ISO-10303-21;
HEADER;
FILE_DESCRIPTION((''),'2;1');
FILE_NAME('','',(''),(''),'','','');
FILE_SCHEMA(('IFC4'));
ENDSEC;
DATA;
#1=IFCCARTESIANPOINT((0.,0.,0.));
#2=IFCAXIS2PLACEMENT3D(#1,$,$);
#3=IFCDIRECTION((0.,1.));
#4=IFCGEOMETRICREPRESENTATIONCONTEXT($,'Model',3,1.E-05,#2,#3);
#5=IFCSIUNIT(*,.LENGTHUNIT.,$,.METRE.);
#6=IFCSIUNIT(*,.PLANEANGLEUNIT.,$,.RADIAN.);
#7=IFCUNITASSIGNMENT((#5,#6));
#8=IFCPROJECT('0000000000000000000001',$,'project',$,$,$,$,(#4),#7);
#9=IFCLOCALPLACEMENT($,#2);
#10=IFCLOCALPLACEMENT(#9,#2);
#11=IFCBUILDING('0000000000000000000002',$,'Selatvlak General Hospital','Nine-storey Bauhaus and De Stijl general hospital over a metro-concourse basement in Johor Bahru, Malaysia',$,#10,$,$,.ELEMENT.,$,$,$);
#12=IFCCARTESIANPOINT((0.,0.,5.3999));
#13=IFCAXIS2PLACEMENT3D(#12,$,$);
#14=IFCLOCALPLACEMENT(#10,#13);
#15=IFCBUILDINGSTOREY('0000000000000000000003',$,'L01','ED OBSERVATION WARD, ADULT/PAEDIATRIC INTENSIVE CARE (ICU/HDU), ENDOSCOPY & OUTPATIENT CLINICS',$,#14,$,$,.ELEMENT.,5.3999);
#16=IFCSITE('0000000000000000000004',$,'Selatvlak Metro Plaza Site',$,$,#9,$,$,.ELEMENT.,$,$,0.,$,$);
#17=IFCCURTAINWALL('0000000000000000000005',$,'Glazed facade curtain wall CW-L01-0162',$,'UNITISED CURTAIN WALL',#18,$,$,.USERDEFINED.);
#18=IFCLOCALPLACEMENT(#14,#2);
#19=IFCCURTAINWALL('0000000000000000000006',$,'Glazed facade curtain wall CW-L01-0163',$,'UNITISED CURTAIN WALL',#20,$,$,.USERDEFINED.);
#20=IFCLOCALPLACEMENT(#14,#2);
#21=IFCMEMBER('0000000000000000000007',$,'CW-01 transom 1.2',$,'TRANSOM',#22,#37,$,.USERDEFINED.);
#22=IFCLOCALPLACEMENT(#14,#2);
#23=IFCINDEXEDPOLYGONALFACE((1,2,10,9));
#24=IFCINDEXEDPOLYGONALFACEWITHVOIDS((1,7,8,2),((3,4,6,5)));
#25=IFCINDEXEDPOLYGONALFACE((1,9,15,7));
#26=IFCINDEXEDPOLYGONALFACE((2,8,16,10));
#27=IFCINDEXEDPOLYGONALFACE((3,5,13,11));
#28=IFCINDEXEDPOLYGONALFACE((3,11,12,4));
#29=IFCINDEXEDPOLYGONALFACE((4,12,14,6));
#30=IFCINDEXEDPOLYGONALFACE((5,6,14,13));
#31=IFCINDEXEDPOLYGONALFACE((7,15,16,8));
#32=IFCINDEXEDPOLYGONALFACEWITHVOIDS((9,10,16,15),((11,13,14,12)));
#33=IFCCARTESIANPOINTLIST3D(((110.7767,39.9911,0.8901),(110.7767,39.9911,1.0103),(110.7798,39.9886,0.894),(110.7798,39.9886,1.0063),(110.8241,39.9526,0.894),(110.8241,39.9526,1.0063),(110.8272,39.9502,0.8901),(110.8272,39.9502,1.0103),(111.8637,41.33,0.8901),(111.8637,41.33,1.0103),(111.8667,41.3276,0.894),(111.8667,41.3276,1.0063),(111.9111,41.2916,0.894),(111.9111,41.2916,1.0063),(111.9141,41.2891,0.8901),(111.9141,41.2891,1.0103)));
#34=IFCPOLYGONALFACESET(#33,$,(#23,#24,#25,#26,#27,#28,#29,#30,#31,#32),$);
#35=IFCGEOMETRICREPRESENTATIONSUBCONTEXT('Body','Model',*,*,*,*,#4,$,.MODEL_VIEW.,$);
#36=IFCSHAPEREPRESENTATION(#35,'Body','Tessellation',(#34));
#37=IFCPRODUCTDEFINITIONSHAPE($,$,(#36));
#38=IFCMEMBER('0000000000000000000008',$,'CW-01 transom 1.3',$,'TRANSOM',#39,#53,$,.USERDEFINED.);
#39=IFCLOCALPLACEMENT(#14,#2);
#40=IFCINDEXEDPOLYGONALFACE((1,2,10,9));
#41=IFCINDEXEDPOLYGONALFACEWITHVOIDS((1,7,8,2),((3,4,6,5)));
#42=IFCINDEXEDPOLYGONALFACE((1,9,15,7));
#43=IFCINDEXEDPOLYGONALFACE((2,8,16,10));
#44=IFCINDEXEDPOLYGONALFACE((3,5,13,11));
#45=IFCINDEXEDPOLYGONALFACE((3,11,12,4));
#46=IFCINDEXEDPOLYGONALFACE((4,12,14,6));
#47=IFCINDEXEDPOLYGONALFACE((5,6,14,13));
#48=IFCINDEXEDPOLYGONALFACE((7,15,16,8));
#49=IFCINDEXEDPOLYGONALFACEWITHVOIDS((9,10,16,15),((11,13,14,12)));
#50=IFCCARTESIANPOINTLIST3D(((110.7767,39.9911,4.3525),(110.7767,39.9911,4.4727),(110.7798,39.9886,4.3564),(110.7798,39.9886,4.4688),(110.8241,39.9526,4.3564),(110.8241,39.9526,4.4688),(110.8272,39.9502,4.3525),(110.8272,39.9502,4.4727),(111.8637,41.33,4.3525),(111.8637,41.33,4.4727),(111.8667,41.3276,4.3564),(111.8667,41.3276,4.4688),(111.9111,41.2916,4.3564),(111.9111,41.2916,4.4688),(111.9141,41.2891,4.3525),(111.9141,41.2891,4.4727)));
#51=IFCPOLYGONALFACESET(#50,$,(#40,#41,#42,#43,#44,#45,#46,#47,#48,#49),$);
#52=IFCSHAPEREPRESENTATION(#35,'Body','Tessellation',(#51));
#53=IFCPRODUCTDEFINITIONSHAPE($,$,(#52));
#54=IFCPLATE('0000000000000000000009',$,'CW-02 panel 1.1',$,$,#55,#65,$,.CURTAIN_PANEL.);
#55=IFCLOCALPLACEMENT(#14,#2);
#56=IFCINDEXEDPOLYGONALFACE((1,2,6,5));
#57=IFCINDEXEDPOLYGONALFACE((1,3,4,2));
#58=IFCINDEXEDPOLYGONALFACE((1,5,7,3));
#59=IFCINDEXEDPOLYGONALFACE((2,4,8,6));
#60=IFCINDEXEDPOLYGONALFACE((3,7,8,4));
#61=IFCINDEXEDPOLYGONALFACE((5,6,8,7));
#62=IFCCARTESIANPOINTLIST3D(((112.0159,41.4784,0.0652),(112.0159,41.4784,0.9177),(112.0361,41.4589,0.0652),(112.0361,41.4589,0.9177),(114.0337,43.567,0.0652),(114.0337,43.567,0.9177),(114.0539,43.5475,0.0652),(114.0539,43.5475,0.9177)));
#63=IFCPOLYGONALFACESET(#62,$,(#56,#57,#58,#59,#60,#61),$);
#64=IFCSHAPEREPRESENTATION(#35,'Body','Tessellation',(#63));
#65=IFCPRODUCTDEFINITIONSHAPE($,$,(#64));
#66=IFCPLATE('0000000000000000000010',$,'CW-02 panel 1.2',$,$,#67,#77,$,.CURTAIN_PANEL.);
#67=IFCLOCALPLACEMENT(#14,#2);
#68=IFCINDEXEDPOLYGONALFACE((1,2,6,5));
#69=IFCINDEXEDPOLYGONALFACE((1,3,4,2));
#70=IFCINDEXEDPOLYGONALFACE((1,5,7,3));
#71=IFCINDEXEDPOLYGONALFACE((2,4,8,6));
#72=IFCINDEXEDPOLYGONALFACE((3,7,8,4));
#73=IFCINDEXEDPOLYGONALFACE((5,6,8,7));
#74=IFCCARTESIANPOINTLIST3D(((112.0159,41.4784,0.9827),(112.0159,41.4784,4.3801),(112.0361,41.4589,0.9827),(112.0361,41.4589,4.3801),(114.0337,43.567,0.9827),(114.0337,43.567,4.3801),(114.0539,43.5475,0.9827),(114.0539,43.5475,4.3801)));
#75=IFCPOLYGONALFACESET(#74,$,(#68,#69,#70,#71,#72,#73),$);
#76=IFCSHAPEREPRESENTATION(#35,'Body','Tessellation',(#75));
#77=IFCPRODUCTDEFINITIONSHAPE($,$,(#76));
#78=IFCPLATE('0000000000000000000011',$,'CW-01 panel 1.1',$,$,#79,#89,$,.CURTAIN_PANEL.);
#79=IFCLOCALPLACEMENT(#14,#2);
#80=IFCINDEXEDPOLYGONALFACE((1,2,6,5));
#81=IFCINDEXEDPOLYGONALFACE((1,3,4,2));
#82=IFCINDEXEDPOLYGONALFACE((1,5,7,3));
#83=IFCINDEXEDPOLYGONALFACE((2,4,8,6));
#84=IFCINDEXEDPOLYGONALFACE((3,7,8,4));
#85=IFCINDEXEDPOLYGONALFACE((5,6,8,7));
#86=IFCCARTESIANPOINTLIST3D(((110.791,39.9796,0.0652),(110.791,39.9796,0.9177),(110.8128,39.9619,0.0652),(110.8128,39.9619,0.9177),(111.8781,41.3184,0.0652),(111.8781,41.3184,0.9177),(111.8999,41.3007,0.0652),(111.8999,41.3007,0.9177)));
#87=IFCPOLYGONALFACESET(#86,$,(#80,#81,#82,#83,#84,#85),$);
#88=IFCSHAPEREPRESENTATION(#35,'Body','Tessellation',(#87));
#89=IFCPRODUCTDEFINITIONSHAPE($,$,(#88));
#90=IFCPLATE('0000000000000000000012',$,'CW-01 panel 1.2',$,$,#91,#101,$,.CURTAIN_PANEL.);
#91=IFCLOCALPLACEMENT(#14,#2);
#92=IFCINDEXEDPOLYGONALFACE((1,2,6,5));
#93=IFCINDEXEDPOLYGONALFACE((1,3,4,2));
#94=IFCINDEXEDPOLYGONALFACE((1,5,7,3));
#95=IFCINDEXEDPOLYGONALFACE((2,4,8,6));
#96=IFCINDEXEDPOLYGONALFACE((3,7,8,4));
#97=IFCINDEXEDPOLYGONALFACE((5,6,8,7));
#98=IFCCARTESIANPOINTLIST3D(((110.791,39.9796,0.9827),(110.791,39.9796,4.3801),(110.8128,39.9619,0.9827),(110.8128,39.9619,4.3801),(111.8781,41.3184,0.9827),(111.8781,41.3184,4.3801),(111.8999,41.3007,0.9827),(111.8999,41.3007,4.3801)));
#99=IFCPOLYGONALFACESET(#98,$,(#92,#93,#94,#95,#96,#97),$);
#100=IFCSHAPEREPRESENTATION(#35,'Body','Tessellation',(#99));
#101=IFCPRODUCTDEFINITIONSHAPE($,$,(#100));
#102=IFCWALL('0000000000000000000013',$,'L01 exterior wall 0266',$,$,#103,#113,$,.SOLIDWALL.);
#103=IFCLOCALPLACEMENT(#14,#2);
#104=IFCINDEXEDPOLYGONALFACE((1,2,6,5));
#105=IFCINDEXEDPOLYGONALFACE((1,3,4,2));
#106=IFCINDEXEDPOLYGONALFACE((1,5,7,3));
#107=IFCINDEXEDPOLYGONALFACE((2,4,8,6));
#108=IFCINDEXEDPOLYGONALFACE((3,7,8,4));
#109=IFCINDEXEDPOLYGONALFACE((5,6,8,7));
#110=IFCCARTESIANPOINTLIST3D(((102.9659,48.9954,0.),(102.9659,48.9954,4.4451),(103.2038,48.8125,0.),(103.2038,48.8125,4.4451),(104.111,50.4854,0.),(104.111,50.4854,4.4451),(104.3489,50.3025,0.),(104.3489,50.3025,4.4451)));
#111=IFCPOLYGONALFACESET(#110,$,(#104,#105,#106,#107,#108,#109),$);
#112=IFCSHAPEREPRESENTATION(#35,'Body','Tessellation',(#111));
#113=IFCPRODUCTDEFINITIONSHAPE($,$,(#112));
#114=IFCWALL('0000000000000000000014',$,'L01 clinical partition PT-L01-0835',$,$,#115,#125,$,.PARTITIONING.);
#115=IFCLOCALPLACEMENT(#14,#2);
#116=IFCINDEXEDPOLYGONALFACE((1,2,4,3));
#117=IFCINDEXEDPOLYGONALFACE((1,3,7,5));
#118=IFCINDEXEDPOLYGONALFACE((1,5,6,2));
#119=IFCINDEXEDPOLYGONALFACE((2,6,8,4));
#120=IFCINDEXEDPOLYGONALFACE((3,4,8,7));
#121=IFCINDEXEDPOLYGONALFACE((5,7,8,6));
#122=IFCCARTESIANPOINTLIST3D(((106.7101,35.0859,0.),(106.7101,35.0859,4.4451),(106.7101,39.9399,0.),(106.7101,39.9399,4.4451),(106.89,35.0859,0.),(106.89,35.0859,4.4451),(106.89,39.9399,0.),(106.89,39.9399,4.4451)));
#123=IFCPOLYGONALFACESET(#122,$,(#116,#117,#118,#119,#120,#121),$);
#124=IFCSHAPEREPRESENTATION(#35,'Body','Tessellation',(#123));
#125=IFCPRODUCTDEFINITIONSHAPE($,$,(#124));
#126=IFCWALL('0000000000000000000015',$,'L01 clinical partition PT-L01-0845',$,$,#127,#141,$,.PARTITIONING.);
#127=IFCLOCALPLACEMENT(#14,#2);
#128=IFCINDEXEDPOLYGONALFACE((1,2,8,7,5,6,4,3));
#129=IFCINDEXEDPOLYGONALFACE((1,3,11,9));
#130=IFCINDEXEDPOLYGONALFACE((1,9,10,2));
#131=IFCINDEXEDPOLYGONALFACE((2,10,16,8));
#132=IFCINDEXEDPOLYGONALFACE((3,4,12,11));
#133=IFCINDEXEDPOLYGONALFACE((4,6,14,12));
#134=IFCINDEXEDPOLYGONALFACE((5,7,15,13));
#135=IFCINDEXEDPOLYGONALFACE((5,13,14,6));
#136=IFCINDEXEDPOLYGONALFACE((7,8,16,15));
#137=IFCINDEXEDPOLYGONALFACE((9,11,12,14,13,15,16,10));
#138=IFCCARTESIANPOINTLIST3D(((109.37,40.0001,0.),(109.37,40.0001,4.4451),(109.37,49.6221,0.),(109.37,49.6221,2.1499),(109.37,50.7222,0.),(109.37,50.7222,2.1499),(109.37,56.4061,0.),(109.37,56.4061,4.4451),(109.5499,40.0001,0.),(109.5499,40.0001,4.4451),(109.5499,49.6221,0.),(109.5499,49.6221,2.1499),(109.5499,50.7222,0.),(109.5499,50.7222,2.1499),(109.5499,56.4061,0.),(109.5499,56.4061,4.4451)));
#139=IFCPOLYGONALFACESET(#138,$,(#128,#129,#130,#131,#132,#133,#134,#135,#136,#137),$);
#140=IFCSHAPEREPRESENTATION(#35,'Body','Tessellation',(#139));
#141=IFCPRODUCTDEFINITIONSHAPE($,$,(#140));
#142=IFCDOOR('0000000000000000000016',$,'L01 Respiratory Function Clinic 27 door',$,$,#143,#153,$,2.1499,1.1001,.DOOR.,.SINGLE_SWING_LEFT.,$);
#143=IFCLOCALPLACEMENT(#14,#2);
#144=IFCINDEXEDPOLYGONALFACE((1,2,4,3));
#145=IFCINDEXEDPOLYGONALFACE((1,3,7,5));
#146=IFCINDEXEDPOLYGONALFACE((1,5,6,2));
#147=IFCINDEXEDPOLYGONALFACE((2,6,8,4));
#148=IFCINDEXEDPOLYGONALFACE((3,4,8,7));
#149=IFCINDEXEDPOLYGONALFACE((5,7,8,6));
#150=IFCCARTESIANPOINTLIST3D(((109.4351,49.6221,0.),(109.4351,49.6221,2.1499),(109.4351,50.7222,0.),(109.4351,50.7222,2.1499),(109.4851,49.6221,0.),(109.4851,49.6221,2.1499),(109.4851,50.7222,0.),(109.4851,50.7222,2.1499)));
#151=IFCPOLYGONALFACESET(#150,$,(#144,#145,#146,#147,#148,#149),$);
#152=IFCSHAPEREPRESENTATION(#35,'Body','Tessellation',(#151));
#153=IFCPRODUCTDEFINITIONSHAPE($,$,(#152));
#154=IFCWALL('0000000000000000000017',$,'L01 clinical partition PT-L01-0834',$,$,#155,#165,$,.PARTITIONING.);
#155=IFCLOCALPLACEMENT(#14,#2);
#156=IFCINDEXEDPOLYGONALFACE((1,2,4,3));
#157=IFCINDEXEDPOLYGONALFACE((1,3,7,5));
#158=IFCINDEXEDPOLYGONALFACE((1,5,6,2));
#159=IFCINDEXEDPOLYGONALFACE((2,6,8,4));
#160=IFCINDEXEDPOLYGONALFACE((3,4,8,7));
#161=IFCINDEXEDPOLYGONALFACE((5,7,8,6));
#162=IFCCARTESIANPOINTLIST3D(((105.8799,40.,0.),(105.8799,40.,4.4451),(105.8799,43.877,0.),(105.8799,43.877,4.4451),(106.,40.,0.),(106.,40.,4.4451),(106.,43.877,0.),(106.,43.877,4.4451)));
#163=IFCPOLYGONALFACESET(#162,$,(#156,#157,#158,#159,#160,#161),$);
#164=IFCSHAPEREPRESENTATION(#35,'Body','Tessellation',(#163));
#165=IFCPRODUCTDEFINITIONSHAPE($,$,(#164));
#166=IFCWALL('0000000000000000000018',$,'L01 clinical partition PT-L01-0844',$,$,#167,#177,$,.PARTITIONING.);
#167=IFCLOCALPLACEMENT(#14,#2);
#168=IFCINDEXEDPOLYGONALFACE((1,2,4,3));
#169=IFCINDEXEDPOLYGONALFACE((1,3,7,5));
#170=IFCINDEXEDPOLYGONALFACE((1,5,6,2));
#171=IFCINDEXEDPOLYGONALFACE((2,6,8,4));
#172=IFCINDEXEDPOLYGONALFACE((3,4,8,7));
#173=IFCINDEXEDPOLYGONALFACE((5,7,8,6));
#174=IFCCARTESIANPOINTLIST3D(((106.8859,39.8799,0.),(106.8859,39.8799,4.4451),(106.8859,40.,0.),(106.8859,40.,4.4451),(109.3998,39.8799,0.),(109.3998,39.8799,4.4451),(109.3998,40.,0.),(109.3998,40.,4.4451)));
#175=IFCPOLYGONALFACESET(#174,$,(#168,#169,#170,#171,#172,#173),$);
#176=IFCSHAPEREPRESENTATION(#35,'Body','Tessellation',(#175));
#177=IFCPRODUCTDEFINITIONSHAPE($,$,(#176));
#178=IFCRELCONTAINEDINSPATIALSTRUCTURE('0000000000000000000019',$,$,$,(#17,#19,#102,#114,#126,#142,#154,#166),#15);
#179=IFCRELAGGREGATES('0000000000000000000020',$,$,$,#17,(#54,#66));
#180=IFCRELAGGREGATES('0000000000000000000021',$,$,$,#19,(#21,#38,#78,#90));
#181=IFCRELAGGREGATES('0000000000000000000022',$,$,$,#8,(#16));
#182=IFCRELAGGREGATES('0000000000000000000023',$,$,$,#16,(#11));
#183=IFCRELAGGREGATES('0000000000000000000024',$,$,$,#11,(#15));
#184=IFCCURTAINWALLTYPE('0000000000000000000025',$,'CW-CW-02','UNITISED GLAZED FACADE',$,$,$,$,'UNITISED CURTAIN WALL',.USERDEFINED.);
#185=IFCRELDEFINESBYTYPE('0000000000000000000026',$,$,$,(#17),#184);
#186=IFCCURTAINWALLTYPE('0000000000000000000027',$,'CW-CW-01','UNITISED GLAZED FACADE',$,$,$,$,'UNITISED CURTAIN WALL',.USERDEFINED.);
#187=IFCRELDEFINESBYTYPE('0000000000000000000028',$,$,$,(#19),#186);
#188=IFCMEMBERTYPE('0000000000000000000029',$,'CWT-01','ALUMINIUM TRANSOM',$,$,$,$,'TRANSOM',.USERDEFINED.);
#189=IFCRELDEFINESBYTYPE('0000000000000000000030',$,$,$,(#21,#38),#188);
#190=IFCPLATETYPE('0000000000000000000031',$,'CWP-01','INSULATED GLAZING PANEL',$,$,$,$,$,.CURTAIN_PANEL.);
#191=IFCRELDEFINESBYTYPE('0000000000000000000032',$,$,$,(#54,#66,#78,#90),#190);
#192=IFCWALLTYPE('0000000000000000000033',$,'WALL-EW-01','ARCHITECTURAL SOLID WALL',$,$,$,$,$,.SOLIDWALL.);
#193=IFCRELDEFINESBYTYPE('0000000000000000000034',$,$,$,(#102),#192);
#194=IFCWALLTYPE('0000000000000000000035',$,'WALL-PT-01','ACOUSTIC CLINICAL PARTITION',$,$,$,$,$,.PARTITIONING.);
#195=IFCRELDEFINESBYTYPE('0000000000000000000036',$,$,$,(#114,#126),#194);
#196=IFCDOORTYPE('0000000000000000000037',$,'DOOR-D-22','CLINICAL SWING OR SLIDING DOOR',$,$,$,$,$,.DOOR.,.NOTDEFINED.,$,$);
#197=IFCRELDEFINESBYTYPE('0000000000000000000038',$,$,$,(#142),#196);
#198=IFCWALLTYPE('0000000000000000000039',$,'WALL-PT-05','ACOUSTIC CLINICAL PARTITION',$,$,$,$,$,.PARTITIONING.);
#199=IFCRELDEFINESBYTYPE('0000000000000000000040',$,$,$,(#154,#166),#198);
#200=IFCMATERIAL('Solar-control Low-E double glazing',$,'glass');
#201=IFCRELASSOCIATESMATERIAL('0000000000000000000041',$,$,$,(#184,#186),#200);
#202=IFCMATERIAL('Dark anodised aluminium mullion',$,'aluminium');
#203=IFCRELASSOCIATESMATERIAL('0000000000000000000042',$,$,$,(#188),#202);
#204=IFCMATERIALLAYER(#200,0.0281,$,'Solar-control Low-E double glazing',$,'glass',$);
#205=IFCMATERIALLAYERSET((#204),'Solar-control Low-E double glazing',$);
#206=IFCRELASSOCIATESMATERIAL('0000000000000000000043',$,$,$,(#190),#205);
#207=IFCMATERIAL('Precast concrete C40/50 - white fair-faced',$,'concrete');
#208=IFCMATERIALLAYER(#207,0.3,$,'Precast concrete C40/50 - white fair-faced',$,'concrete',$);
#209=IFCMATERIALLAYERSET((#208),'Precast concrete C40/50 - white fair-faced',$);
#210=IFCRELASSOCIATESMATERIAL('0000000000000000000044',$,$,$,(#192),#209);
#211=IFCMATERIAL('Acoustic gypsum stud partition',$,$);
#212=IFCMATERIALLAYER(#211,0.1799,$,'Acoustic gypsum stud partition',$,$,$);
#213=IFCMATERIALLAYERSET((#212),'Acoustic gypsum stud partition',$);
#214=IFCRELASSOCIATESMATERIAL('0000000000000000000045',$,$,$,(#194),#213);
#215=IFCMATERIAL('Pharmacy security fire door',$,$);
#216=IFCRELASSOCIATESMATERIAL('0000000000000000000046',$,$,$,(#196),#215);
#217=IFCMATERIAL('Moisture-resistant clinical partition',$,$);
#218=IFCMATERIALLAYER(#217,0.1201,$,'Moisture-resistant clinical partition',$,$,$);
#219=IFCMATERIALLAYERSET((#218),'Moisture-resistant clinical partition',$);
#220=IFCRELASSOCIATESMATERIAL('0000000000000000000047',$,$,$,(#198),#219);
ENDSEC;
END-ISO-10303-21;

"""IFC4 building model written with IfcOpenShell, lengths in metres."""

from ifc_helpers import new_model, si_unit, direction, frame, frame_2d, origin, origin_2d, place, context, subcontext, project, spatial, rectangle, hollow_rectangle, extrude, material, layer, layer_set, material_profile, profile_set, type_object, element, fill, aggregate, save


model = new_model("IFC4")

# Units and contexts
model_context = context("Model", 3, precision=1e-05, world=origin(), true_north=direction((0.0, 1.0)))
body_context = subcontext(model_context, "Body", "Model", "MODEL_VIEW")
ifc_project = project(units=[si_unit("LENGTHUNIT", "METRE"), si_unit("PLANEANGLEUNIT", "RADIAN")], contexts=[model_context])

# Site, building, storey
site_placement = place(None, origin())
site = spatial("IfcSite", under=ifc_project, at=site_placement, Name="Selatvlak Metro Plaza Site", CompositionType="ELEMENT", RefElevation=0.0)
building_placement = place(site_placement, origin())
building = spatial("IfcBuilding", under=site, at=building_placement, Name="Selatvlak General Hospital", Description="Nine-storey Bauhaus and De Stijl general hospital over a metro-concourse basement in Johor Bahru, Malaysia", CompositionType="ELEMENT")
storey_placement = place(building_placement, frame((0.0, 0.0, 5.3999)))
storey = spatial("IfcBuildingStorey", under=building, at=storey_placement, Name="L01", Description="ED OBSERVATION WARD, ADULT/PAEDIATRIC INTENSIVE CARE (ICU/HDU), ENDOSCOPY & OUTPATIENT CLINICS", CompositionType="ELEMENT", Elevation=5.3999)

# Curtain wall
ifc_material_1 = material(Name="Solar-control Low-E double glazing", Category="glass")
curtain_wall_type_1 = type_object("IfcCurtainWallType", Name="CW-CW-02", Description="UNITISED GLAZED FACADE", ElementType="UNITISED CURTAIN WALL", PredefinedType="USERDEFINED", material=ifc_material_1)
curtain_wall_1_placement = place(storey_placement, origin())
curtain_wall_1 = element("IfcCurtainWall", 1, at=curtain_wall_1_placement, inside=storey, type_object=curtain_wall_type_1, Name="Glazed facade curtain wall CW-L01-0162", ObjectType="UNITISED CURTAIN WALL", PredefinedType="USERDEFINED")
ifc_material_2 = material(Name="Dark anodised aluminium mullion", Category="aluminium")

# Curtain wall
curtain_wall_type_2 = type_object("IfcCurtainWallType", Name="CW-CW-01", Description="UNITISED GLAZED FACADE", ElementType="UNITISED CURTAIN WALL", PredefinedType="USERDEFINED", material=ifc_material_1)
curtain_wall_2_placement = place(storey_placement, origin())
curtain_wall_2 = element("IfcCurtainWall", 2, at=curtain_wall_2_placement, inside=storey, type_object=curtain_wall_type_2, Name="Glazed facade curtain wall CW-L01-0163", ObjectType="UNITISED CURTAIN WALL", PredefinedType="USERDEFINED")

# Members
ifc_material_profile_1 = material_profile(ifc_material_2, hollow_rectangle(XDim=0.0649, YDim=0.1201, WallThickness=0.0039, at=origin_2d()), Name="AL-TRN 65x120x4")
ifc_profile_set_1 = profile_set([ifc_material_profile_1], Name="Dark anodised aluminium mullion")
member_type_1 = type_object("IfcMemberType", Name="CWT-01", Description="ALUMINIUM TRANSOM", ElementType="TRANSOM", PredefinedType="USERDEFINED", material=ifc_profile_set_1)
member_1_placement = place(storey_placement, frame((111.8889, 41.3096, 0.9502), z_axis=(-0.630273, -0.776374, 0.0), x_axis=(0.776374, -0.630273, 0.0)))
member_1 = element("IfcMember", 3, at=member_1_placement, type_object=member_type_1, Name="CW-01 transom 1.2", ObjectType="TRANSOM", PredefinedType="USERDEFINED", context=body_context, shape_type="SweptSolid", body=[
    extrude(hollow_rectangle(XDim=0.0649, YDim=0.1201, WallThickness=0.0039, at=origin_2d()), origin(), (0.0, 0.0, 1.0), 1.7246),
])
member_2_placement = place(storey_placement, frame((111.8889, 41.3096, 4.4126), z_axis=(-0.630273, -0.776374, 0.0), x_axis=(0.776374, -0.630273, 0.0)))
member_2 = element("IfcMember", 4, at=member_2_placement, type_object=member_type_1, Name="CW-01 transom 1.3", ObjectType="TRANSOM", PredefinedType="USERDEFINED", context=body_context, shape_type="SweptSolid", body=[
    extrude(hollow_rectangle(XDim=0.0649, YDim=0.1201, WallThickness=0.0039, at=origin_2d()), origin(), (0.0, 0.0, 1.0), 1.7246),
])

# Plates
ifc_layer_1 = layer(ifc_material_1, 0.0281, Name="Solar-control Low-E double glazing", Category="glass")
ifc_layer_set_1 = layer_set([ifc_layer_1], Name="Solar-control Low-E double glazing")
plate_type = type_object("IfcPlateType", Name="CWP-01", Description="INSULATED GLAZING PANEL", PredefinedType="CURTAIN_PANEL", material=ifc_layer_set_1)
plate_1_placement = place(storey_placement, frame((113.0349, 42.5129, 0.0652), z_axis=(0.0, 0.0, 1.0), x_axis=(-0.694806, -0.719197, 0.0)))
plate_1 = element("IfcPlate", 5, at=plate_1_placement, type_object=plate_type, Name="CW-02 panel 1.1", PredefinedType="CURTAIN_PANEL", context=body_context, shape_type="SweptSolid", body=[
    extrude(rectangle(XDim=2.9041, YDim=0.0281, at=origin_2d()), origin(), (0.0, 0.0, 1.0), 0.8525),
])
plate_2_placement = place(storey_placement, frame((113.0349, 42.5129, 0.9827), z_axis=(0.0, 0.0, 1.0), x_axis=(-0.694806, -0.719197, 0.0)))
plate_2 = element("IfcPlate", 6, at=plate_2_placement, type_object=plate_type, Name="CW-02 panel 1.2", PredefinedType="CURTAIN_PANEL", context=body_context, shape_type="SweptSolid", body=[
    extrude(rectangle(XDim=2.9041, YDim=0.0281, at=origin_2d()), origin(), (0.0, 0.0, 1.0), 3.3975),
])
aggregate(curtain_wall_1, [plate_1, plate_2])
plate_3_placement = place(storey_placement, frame((111.3455, 40.6401, 0.0652), z_axis=(0.0, 0.0, 1.0), x_axis=(-0.630334, -0.776324, 0.0)))
plate_3 = element("IfcPlate", 7, at=plate_3_placement, type_object=plate_type, Name="CW-01 panel 1.1", PredefinedType="CURTAIN_PANEL", context=body_context, shape_type="SweptSolid", body=[
    extrude(rectangle(XDim=1.7246, YDim=0.0281, at=origin_2d()), origin(), (0.0, 0.0, 1.0), 0.8525),
])
plate_4_placement = place(storey_placement, frame((111.3455, 40.6401, 0.9827), z_axis=(0.0, 0.0, 1.0), x_axis=(-0.630334, -0.776324, 0.0)))
plate_4 = element("IfcPlate", 8, at=plate_4_placement, type_object=plate_type, Name="CW-01 panel 1.2", PredefinedType="CURTAIN_PANEL", context=body_context, shape_type="SweptSolid", body=[
    extrude(rectangle(XDim=1.7246, YDim=0.0281, at=origin_2d()), origin(), (0.0, 0.0, 1.0), 3.3975),
])
aggregate(curtain_wall_2, [member_1, member_2, plate_3, plate_4])

# Walls
ifc_material_3 = material(Name="Precast concrete C40/50 - white fair-faced", Category="concrete")
ifc_layer_2 = layer(ifc_material_3, 0.3, Name="Precast concrete C40/50 - white fair-faced", Category="concrete")
ifc_layer_set_2 = layer_set([ifc_layer_2], Name="Precast concrete C40/50 - white fair-faced")
wall_type_1 = type_object("IfcWallType", Name="WALL-EW-01", Description="ARCHITECTURAL SOLID WALL", PredefinedType="SOLIDWALL", material=ifc_layer_set_2)
wall_1_placement = place(storey_placement, frame((103.085, 48.9041, 0.0), z_axis=(0.0, 0.0, 1.0), x_axis=(0.609334, 0.792914, 0.0)))
element("IfcWall", 9, at=wall_1_placement, inside=storey, type_object=wall_type_1, Name="L01 exterior wall 0266", PredefinedType="SOLIDWALL", context=body_context, shape_type="SweptSolid", body=[
    extrude(rectangle(XDim=1.8792, YDim=0.3, at=frame_2d((0.9395, 0.0))), origin(), (0.0, 0.0, 1.0), 4.4451),
])
ifc_material_4 = material(Name="Acoustic gypsum stud partition")
ifc_layer_3 = layer(ifc_material_4, 0.1799, Name="Acoustic gypsum stud partition")
ifc_layer_set_3 = layer_set([ifc_layer_3], Name="Acoustic gypsum stud partition")
wall_type_2 = type_object("IfcWallType", Name="WALL-PT-01", Description="ACOUSTIC CLINICAL PARTITION", PredefinedType="PARTITIONING", material=ifc_layer_set_3)
wall_2_placement = place(storey_placement, frame((106.8, 39.9399, 0.0), z_axis=(0.0, 0.0, 1.0), x_axis=(0.0, -1.0, 0.0)))
element("IfcWall", 10, at=wall_2_placement, inside=storey, type_object=wall_type_2, Name="L01 clinical partition PT-L01-0835", PredefinedType="PARTITIONING", context=body_context, shape_type="SweptSolid", body=[
    extrude(rectangle(XDim=4.854, YDim=0.1799, at=frame_2d((2.427, 0.0))), origin(), (0.0, 0.0, 1.0), 4.4451),
])

# Wall, opening, door
wall_3_placement = place(storey_placement, frame((109.46, 40.0, 0.0), z_axis=(0.0, 0.0, 1.0), x_axis=(0.0, 1.0, 0.0)))
wall_3 = element("IfcWall", 11, at=wall_3_placement, inside=storey, type_object=wall_type_2, Name="L01 clinical partition PT-L01-0845", PredefinedType="PARTITIONING", context=body_context, shape_type="SweptSolid", body=[
    extrude(rectangle(XDim=16.406, YDim=0.1799, at=frame_2d((8.2031, 0.0))), origin(), (0.0, 0.0, 1.0), 4.4451),
])
opening_placement = place(wall_3_placement, frame((9.6221, 0.0, 0.0)))
opening = element("IfcOpeningElement", 12, at=opening_placement, cuts=wall_3, PredefinedType="OPENING", context=body_context, shape_type="SweptSolid", body=[
    extrude(rectangle(XDim=1.1001, YDim=2.1499, at=frame_2d((0.55, 1.075))), frame((0.0, 0.0999, 0.0), z_axis=(0.0, -1.0, 0.0), x_axis=(1.0, 0.0, 0.0)), (0.0, 0.0, 1.0), 0.2),
])
ifc_material_5 = material(Name="Pharmacy security fire door")
door_type = type_object("IfcDoorType", Name="DOOR-D-22", Description="CLINICAL SWING OR SLIDING DOOR", OperationType="NOTDEFINED", PredefinedType="DOOR", material=ifc_material_5)
door_placement = place(opening_placement, origin())
door = element("IfcDoor", 13, at=door_placement, inside=storey, type_object=door_type, Name="L01 Respiratory Function Clinic 27 door", OperationType="SINGLE_SWING_LEFT", OverallHeight=2.1499, OverallWidth=1.1001, PredefinedType="DOOR", context=body_context, shape_type="SweptSolid", body=[
    extrude(rectangle(XDim=1.1001, YDim=2.1499, at=frame_2d((0.55, 1.075))), frame((0.0, 0.0249, 0.0), z_axis=(0.0, -1.0, 0.0), x_axis=(1.0, 0.0, 0.0)), (0.0, 0.0, 1.0), 0.05),
])
fill(opening, door)

# Walls
ifc_material_6 = material(Name="Moisture-resistant clinical partition")
ifc_layer_4 = layer(ifc_material_6, 0.1201, Name="Moisture-resistant clinical partition")
ifc_layer_set_4 = layer_set([ifc_layer_4], Name="Moisture-resistant clinical partition")
wall_type_3 = type_object("IfcWallType", Name="WALL-PT-05", Description="ACOUSTIC CLINICAL PARTITION", PredefinedType="PARTITIONING", material=ifc_layer_set_4)
wall_4_placement = place(storey_placement, frame((105.9399, 43.877, 0.0), z_axis=(0.0, 0.0, 1.0), x_axis=(0.0, -1.0, 0.0)))
element("IfcWall", 14, at=wall_4_placement, inside=storey, type_object=wall_type_3, Name="L01 clinical partition PT-L01-0834", PredefinedType="PARTITIONING", context=body_context, shape_type="SweptSolid", body=[
    extrude(rectangle(XDim=3.877, YDim=0.1201, at=frame_2d((1.9385, 0.0))), origin(), (0.0, 0.0, 1.0), 4.4451),
])
wall_5_placement = place(storey_placement, frame((106.886, 39.9399, 0.0), z_axis=(0.0, 0.0, 1.0), x_axis=(1.0, 0.0, 0.0)))
element("IfcWall", 15, at=wall_5_placement, inside=storey, type_object=wall_type_3, Name="L01 clinical partition PT-L01-0844", PredefinedType="PARTITIONING", context=body_context, shape_type="SweptSolid", body=[
    extrude(rectangle(XDim=2.5139, YDim=0.1201, at=frame_2d((1.2568, 0.0))), origin(), (0.0, 0.0, 1.0), 4.4451),
])

save(model, "model.ifc")
